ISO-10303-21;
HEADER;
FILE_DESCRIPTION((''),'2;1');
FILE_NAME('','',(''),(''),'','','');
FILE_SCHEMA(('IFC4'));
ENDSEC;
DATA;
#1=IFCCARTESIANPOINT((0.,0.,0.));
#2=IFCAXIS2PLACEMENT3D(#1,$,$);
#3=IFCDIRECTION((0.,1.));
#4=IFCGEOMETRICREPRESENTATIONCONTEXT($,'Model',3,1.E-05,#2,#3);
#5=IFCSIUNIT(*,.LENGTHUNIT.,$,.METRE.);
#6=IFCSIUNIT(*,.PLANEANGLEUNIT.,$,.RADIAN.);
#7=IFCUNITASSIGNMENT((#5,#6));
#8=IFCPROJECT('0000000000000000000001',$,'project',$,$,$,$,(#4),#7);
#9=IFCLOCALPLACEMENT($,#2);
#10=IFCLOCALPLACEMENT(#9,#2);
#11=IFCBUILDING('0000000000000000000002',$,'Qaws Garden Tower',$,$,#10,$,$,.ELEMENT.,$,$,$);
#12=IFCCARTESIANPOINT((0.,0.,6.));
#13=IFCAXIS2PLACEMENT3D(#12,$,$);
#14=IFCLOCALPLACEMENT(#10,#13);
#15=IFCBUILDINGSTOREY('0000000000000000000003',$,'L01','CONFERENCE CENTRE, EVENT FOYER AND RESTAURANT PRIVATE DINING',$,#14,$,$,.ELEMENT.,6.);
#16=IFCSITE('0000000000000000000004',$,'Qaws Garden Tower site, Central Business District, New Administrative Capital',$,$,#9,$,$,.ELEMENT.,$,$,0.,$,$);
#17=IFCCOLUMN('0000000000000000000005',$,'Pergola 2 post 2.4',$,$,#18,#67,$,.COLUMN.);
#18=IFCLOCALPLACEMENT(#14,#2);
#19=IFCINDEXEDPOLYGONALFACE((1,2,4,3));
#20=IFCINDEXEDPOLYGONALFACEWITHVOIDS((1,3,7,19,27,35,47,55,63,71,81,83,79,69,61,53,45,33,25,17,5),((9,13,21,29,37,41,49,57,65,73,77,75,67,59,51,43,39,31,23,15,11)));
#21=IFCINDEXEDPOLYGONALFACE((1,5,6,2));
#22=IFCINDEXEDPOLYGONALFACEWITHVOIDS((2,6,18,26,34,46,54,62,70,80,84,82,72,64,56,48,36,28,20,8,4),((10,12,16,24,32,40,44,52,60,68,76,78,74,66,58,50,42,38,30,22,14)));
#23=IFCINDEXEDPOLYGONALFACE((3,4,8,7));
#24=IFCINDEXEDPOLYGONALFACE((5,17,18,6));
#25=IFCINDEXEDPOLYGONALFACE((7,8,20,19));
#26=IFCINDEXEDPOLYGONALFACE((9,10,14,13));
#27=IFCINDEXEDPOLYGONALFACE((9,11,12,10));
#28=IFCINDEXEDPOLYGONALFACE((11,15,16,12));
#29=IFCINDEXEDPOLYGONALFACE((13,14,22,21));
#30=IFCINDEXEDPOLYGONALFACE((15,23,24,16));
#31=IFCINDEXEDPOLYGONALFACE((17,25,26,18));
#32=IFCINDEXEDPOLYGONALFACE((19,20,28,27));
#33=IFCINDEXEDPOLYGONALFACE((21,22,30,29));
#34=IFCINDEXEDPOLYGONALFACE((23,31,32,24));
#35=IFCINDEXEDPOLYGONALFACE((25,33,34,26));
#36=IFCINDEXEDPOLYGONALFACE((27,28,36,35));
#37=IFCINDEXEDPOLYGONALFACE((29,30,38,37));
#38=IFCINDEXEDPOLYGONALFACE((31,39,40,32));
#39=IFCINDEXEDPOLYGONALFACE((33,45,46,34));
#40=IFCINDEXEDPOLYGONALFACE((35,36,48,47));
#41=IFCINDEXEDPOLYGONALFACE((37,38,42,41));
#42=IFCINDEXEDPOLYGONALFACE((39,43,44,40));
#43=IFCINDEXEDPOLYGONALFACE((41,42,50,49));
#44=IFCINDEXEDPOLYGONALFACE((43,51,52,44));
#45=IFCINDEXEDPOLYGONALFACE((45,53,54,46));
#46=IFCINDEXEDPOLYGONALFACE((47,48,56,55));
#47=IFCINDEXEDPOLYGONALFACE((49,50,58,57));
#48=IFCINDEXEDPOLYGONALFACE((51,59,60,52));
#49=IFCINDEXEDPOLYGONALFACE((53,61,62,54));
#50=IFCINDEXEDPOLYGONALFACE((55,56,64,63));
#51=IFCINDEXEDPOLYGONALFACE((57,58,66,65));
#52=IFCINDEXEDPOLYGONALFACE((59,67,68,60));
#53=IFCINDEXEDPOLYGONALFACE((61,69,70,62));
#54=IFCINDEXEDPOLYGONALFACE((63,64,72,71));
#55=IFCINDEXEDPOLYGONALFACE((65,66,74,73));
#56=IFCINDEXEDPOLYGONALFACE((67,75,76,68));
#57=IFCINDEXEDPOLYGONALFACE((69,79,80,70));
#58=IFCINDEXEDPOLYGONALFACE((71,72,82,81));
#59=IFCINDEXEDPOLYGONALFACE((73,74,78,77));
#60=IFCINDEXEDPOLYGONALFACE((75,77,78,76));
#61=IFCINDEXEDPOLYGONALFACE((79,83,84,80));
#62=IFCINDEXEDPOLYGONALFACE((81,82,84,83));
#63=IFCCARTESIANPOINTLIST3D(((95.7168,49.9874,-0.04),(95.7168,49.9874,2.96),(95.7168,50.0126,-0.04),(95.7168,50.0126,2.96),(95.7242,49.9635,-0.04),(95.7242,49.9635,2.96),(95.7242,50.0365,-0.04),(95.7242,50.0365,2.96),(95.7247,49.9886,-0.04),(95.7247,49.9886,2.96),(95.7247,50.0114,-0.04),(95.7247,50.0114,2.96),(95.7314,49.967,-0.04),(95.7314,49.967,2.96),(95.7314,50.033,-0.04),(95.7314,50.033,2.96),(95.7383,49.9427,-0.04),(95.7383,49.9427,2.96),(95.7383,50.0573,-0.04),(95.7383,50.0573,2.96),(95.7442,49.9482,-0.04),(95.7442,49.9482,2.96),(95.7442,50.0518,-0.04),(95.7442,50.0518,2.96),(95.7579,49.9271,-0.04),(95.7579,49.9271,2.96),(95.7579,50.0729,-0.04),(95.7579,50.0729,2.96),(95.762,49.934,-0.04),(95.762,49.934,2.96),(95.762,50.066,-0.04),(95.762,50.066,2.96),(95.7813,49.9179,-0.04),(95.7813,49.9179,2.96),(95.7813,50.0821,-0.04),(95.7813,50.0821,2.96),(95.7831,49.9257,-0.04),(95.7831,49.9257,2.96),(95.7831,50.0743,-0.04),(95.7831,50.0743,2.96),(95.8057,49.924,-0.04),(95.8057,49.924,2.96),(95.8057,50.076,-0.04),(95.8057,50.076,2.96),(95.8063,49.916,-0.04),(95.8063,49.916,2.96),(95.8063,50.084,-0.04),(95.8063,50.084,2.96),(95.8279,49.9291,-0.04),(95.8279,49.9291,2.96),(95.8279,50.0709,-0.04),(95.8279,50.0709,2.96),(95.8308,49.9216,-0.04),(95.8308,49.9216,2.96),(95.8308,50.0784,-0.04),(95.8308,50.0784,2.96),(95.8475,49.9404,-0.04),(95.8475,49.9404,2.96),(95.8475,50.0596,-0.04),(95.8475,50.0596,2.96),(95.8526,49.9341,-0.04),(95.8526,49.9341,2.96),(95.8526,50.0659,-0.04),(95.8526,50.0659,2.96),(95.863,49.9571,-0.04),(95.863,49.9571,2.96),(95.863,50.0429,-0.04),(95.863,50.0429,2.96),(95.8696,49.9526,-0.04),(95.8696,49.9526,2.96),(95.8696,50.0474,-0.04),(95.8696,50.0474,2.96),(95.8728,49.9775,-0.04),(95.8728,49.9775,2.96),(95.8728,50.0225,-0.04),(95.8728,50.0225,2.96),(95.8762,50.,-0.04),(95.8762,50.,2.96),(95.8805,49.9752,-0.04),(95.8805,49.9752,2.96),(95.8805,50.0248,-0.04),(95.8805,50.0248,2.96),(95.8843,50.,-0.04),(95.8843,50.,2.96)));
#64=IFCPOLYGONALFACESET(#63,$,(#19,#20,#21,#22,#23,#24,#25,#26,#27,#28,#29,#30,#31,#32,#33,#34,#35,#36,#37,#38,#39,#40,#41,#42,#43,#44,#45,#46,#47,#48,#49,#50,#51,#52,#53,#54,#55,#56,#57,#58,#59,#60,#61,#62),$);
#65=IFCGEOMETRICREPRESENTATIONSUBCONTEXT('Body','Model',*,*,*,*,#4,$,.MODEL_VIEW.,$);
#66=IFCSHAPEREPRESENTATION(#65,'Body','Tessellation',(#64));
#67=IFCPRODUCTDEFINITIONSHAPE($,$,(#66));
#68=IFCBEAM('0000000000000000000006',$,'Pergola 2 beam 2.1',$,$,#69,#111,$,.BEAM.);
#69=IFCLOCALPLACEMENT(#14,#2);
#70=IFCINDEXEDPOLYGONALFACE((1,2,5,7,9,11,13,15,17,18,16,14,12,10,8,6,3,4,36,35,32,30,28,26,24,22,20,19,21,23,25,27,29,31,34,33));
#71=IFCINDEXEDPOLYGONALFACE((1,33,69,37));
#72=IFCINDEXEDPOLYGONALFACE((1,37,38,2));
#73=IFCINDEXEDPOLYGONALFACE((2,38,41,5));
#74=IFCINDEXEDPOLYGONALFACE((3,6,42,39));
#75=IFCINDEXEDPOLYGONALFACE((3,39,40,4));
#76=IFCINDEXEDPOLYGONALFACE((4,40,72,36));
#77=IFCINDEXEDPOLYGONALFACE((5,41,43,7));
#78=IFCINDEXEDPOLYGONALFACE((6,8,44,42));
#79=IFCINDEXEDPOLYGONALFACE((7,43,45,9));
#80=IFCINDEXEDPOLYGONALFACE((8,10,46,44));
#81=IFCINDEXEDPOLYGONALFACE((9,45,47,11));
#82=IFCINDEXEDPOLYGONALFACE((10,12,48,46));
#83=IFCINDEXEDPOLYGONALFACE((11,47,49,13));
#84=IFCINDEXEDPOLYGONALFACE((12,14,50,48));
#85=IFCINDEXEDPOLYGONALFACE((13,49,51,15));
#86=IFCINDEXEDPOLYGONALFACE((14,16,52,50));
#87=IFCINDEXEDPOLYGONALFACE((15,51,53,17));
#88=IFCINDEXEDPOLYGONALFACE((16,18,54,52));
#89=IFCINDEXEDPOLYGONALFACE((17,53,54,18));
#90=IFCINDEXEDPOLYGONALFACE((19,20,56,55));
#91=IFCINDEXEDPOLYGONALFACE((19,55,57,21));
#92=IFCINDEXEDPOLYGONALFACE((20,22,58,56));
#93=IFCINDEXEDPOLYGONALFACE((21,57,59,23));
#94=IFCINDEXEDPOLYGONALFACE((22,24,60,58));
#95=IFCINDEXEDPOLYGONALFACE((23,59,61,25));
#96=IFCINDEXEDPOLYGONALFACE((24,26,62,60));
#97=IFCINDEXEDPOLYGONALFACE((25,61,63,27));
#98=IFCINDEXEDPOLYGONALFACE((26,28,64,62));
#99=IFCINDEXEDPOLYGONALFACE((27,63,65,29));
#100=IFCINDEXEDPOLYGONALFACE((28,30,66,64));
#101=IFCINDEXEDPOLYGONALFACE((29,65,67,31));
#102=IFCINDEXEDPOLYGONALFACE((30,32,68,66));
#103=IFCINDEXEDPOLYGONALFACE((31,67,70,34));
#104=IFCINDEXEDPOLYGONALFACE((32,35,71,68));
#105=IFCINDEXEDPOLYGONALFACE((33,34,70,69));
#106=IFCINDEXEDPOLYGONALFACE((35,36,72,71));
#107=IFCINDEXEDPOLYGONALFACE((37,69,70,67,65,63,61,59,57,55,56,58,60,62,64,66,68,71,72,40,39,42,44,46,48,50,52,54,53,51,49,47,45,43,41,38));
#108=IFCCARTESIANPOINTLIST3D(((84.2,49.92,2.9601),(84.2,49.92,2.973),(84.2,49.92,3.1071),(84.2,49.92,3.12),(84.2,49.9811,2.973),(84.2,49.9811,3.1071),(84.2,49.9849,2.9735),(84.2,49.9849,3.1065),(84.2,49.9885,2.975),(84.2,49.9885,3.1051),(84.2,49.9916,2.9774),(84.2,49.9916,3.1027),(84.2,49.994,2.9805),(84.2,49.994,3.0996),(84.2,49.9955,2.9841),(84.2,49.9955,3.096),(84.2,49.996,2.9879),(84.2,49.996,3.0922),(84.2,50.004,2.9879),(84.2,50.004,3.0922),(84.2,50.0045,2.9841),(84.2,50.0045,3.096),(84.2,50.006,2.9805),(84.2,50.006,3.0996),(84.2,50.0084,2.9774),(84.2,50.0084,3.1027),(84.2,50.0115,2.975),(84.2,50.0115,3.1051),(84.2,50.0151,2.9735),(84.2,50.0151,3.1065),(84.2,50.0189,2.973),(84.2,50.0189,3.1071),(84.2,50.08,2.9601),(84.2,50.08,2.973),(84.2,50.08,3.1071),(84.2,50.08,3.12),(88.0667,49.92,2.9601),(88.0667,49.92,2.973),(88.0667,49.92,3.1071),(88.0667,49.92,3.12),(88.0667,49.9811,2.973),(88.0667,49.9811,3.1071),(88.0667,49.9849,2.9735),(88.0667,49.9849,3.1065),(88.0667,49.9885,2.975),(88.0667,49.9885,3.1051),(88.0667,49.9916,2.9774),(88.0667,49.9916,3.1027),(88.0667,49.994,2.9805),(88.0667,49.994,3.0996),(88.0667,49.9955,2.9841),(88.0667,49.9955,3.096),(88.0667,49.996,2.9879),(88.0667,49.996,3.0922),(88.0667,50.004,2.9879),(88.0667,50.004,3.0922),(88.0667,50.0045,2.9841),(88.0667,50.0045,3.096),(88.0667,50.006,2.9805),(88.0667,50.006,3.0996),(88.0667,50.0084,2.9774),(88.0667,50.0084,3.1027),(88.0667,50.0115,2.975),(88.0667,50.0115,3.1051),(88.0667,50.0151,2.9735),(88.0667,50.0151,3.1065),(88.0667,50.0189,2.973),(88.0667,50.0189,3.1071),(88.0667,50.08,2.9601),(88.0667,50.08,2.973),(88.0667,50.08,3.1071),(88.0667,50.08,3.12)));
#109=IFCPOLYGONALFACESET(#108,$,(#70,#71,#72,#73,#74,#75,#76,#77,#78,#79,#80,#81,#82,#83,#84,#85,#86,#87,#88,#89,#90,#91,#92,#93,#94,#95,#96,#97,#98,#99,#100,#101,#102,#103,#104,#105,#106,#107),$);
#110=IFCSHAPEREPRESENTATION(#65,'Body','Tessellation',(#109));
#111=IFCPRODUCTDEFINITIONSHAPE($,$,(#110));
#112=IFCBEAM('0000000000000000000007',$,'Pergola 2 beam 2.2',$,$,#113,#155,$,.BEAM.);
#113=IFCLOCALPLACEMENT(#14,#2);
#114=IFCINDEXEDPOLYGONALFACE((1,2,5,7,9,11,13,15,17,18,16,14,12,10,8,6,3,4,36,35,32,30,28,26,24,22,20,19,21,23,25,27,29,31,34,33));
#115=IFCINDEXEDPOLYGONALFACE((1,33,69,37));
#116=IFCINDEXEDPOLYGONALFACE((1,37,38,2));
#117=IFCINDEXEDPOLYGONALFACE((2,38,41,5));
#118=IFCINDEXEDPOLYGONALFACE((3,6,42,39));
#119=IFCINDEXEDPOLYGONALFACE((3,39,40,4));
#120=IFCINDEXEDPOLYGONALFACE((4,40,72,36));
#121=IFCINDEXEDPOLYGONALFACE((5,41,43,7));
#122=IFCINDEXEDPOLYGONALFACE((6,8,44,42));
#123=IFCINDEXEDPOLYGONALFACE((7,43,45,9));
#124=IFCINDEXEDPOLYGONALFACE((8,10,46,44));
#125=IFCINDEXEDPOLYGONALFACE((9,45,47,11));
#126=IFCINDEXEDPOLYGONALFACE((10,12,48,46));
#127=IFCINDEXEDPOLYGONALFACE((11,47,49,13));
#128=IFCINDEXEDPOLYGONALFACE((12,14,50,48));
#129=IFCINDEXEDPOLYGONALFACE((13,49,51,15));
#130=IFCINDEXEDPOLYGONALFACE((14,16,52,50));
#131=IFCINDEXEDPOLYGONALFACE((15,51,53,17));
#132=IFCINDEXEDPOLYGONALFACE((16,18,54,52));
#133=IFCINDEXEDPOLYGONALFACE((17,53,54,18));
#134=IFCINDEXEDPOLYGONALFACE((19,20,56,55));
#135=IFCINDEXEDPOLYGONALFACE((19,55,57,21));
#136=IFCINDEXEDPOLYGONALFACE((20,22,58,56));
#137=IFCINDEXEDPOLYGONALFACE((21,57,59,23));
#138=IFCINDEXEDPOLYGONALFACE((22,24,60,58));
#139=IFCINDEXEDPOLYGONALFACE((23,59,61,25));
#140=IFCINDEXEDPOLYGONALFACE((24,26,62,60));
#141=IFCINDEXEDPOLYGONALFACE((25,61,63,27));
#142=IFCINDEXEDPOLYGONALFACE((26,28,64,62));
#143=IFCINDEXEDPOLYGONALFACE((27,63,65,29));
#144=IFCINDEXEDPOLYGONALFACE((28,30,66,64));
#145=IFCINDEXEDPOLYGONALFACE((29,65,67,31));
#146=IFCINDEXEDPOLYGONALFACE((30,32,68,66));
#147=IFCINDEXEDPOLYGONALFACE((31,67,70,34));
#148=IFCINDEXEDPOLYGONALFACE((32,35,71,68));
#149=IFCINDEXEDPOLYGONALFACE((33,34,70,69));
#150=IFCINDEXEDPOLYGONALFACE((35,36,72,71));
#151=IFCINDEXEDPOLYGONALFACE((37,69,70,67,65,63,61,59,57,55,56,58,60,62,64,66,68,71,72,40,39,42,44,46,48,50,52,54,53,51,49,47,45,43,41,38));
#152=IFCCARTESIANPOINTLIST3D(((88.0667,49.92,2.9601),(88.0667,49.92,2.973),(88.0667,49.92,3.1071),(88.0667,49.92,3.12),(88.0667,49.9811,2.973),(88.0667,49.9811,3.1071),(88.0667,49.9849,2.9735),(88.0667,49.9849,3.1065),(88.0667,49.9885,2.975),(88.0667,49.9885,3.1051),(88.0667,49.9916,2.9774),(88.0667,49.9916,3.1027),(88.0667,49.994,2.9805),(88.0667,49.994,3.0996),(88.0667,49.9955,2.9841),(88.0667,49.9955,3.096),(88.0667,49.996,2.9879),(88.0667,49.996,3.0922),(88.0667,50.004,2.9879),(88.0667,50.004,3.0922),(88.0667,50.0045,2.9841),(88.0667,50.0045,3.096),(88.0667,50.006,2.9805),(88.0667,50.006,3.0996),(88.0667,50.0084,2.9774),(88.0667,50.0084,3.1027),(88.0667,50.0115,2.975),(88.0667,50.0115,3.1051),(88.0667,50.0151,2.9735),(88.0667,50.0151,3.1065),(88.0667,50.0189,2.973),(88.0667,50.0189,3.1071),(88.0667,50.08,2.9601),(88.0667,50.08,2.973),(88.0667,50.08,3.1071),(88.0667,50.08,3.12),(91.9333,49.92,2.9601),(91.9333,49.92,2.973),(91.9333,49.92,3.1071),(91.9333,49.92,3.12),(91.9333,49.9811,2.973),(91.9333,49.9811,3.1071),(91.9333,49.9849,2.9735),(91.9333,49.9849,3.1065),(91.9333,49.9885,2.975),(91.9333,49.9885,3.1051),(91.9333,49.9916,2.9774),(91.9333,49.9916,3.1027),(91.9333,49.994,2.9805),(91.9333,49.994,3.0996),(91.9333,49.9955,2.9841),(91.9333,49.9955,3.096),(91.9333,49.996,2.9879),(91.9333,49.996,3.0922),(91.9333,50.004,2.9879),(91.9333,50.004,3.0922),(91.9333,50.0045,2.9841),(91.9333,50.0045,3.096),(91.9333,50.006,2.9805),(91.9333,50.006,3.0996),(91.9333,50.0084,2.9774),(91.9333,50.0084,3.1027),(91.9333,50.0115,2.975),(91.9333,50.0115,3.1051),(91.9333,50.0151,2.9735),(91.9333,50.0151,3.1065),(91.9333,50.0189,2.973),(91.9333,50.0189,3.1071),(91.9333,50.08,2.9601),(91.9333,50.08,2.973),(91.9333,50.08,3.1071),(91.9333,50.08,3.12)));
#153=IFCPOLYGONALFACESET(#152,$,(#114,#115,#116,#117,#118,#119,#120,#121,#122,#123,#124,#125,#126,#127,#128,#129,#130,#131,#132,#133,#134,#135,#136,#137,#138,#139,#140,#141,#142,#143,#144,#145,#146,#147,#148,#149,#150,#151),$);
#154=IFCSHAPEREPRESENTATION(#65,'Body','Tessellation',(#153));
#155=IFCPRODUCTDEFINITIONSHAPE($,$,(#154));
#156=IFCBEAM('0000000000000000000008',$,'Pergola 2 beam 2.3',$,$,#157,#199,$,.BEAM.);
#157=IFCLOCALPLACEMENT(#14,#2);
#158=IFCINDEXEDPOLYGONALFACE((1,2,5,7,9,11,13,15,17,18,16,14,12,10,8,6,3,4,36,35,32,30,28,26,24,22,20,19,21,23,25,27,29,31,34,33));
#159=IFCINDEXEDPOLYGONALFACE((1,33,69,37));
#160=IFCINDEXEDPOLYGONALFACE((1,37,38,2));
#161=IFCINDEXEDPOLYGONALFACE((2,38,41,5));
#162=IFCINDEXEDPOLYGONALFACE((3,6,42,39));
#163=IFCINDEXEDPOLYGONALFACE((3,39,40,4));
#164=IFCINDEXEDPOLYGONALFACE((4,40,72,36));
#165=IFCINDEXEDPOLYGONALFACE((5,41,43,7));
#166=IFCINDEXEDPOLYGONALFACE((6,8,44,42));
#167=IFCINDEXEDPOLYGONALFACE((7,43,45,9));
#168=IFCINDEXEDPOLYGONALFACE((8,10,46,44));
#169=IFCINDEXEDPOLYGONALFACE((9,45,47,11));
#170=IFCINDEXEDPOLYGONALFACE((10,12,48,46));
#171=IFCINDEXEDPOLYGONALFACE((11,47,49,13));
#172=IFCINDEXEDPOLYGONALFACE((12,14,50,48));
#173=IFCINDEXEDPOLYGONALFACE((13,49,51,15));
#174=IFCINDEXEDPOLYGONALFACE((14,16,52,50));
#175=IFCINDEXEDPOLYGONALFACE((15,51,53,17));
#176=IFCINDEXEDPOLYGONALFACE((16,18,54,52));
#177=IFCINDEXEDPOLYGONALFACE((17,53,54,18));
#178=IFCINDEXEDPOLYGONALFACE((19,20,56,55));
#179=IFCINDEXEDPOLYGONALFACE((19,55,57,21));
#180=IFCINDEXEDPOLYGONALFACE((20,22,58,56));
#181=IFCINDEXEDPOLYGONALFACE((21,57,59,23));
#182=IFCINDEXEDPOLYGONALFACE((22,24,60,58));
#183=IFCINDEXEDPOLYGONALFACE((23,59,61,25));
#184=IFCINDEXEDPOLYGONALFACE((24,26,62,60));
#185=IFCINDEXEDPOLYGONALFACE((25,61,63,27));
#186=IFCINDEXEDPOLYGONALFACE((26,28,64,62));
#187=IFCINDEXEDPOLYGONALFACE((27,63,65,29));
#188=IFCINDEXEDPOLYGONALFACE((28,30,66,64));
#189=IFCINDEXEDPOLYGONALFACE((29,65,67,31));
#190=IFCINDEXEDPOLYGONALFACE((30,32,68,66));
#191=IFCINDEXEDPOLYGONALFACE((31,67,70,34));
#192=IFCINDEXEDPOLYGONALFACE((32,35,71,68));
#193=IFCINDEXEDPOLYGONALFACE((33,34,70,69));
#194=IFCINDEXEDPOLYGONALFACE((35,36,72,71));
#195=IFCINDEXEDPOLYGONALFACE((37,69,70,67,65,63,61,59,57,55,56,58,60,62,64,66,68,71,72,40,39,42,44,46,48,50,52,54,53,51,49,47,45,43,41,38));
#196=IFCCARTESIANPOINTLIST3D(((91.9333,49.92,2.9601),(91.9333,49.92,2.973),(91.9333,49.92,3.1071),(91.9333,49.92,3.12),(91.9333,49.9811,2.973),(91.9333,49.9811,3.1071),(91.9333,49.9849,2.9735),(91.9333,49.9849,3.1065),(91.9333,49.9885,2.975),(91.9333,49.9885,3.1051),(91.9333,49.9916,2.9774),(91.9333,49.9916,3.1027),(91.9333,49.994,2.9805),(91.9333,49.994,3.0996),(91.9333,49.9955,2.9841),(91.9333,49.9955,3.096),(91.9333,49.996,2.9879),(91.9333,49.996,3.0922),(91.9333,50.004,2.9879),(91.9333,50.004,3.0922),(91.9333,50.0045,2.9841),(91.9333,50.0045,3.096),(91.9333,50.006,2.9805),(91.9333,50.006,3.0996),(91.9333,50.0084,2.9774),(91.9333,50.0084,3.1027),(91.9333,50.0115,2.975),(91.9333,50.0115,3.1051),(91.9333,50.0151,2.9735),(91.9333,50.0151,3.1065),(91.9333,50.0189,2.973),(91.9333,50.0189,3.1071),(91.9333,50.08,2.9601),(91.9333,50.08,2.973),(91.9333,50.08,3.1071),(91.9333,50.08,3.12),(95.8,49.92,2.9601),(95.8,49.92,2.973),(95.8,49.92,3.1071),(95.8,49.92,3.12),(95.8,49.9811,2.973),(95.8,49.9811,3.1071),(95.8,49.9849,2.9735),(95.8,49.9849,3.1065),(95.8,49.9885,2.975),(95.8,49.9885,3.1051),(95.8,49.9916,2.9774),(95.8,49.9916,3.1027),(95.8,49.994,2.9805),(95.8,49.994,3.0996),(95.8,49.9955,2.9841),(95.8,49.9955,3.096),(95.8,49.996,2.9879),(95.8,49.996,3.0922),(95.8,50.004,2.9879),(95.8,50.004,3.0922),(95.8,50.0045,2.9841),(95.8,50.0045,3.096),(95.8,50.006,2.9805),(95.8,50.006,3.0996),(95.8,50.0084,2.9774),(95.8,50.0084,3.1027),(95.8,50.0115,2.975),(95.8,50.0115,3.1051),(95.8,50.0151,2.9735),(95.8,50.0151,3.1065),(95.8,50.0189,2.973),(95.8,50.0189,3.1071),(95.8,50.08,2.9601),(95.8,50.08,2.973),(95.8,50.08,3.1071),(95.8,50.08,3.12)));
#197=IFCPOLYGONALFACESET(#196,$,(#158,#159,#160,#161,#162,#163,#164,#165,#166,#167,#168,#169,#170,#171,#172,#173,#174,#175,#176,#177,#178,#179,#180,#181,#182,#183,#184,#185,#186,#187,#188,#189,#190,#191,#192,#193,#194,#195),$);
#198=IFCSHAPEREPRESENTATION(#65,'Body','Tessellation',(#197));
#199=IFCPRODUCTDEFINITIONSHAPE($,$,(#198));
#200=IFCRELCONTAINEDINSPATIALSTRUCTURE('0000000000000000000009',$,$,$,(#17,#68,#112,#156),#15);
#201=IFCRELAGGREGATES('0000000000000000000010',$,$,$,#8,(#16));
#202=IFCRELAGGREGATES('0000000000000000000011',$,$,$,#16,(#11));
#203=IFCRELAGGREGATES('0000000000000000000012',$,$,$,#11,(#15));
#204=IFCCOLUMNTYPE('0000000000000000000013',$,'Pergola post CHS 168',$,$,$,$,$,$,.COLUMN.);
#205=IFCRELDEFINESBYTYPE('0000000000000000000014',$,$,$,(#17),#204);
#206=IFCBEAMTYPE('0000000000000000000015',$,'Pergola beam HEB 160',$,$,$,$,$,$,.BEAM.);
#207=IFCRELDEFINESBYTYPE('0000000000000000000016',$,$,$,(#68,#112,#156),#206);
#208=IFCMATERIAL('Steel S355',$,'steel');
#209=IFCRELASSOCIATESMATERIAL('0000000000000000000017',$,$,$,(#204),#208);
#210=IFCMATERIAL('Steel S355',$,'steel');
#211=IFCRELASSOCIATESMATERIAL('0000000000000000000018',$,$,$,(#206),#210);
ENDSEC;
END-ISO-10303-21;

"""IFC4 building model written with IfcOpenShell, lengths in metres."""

from ifc_helpers import new_model, si_unit, direction, frame, origin, origin_2d, place, context, subcontext, project, spatial, hollow_circle, i_section, extrude, material, material_profile, profile_set, type_object, element, save


model = new_model("IFC4")

# Units and contexts
model_context = context("Model", 3, precision=1e-05, world=origin(), true_north=direction((0.0, 1.0)))
body_context = subcontext(model_context, "Body", "Model", "MODEL_VIEW")
ifc_project = project(units=[si_unit("LENGTHUNIT", "METRE"), si_unit("PLANEANGLEUNIT", "RADIAN")], contexts=[model_context])

# Site, building, storey
site_placement = place(None, origin())
site = spatial("IfcSite", under=ifc_project, at=site_placement, Name="Qaws Garden Tower site, Central Business District, New Administrative Capital", CompositionType="ELEMENT", RefElevation=0.0)
building_placement = place(site_placement, origin())
building = spatial("IfcBuilding", under=site, at=building_placement, Name="Qaws Garden Tower", CompositionType="ELEMENT")
storey_placement = place(building_placement, frame((0.0, 0.0, 6.0)))
storey = spatial("IfcBuildingStorey", under=building, at=storey_placement, Name="L01", Description="CONFERENCE CENTRE, EVENT FOYER AND RESTAURANT PRIVATE DINING", CompositionType="ELEMENT", Elevation=6.0)

# Column
ifc_material_1 = material(Name="Steel S355", Category="steel")
ifc_material_profile_1 = material_profile(ifc_material_1, hollow_circle(Radius=0.0842, WallThickness=0.0081, at=origin_2d()), Name="Pergola post CHS 168")
ifc_profile_set_1 = profile_set([ifc_material_profile_1], Name="Steel S355")
column_type = type_object("IfcColumnType", Name="Pergola post CHS 168", PredefinedType="COLUMN", material=ifc_profile_set_1)
for number, where, z_axis, x_axis, name in (
    (1, (95.8, 50.0, -0.04), (0.0, 0.0, 1.0), (1.0, 0.0, 0.0), "Pergola 2 post 2.4"),
):
    element("IfcColumn", number, at=place(storey_placement, frame(where, z_axis=z_axis, x_axis=x_axis)), inside=storey, type_object=column_type, Name=name, PredefinedType="COLUMN", context=body_context, shape_type="SweptSolid", body=[
        extrude(hollow_circle(Radius=0.0842, WallThickness=0.0081, at=origin_2d()), origin(), (0.0, 0.0, 1.0), 3.0),
    ])

# Beams
ifc_material_2 = material(Name="Steel S355", Category="steel")
ifc_material_profile_2 = material_profile(ifc_material_2, i_section(OverallWidth=0.1599, OverallDepth=0.1599, WebThickness=0.0081, FlangeThickness=0.0129, FilletRadius=0.0149, at=origin_2d()), Name="HEB 160")
ifc_profile_set_2 = profile_set([ifc_material_profile_2], Name="Steel S355")
beam_type = type_object("IfcBeamType", Name="Pergola beam HEB 160", PredefinedType="BEAM", material=ifc_profile_set_2)
for number, where, z_axis, x_axis, name in (
    (2, (84.2, 50.0, 3.04), (1.0, 0.0, 0.0), (0.0, 1.0, 0.0), "Pergola 2 beam 2.1"),
    (3, (88.0667, 50.0, 3.04), (1.0, 0.0, 0.0), (0.0, 1.0, 0.0), "Pergola 2 beam 2.2"),
    (4, (91.9333, 50.0, 3.04), (1.0, 0.0, 0.0), (0.0, 1.0, 0.0), "Pergola 2 beam 2.3"),
):
    element("IfcBeam", number, at=place(storey_placement, frame(where, z_axis=z_axis, x_axis=x_axis)), inside=storey, type_object=beam_type, Name=name, PredefinedType="BEAM", context=body_context, shape_type="SweptSolid", body=[
        extrude(i_section(OverallWidth=0.1599, OverallDepth=0.1599, WebThickness=0.0081, FlangeThickness=0.0129, FilletRadius=0.0149, at=origin_2d()), origin(), (0.0, 0.0, 1.0), 3.8667),
    ])

save(model, "model.ifc")
